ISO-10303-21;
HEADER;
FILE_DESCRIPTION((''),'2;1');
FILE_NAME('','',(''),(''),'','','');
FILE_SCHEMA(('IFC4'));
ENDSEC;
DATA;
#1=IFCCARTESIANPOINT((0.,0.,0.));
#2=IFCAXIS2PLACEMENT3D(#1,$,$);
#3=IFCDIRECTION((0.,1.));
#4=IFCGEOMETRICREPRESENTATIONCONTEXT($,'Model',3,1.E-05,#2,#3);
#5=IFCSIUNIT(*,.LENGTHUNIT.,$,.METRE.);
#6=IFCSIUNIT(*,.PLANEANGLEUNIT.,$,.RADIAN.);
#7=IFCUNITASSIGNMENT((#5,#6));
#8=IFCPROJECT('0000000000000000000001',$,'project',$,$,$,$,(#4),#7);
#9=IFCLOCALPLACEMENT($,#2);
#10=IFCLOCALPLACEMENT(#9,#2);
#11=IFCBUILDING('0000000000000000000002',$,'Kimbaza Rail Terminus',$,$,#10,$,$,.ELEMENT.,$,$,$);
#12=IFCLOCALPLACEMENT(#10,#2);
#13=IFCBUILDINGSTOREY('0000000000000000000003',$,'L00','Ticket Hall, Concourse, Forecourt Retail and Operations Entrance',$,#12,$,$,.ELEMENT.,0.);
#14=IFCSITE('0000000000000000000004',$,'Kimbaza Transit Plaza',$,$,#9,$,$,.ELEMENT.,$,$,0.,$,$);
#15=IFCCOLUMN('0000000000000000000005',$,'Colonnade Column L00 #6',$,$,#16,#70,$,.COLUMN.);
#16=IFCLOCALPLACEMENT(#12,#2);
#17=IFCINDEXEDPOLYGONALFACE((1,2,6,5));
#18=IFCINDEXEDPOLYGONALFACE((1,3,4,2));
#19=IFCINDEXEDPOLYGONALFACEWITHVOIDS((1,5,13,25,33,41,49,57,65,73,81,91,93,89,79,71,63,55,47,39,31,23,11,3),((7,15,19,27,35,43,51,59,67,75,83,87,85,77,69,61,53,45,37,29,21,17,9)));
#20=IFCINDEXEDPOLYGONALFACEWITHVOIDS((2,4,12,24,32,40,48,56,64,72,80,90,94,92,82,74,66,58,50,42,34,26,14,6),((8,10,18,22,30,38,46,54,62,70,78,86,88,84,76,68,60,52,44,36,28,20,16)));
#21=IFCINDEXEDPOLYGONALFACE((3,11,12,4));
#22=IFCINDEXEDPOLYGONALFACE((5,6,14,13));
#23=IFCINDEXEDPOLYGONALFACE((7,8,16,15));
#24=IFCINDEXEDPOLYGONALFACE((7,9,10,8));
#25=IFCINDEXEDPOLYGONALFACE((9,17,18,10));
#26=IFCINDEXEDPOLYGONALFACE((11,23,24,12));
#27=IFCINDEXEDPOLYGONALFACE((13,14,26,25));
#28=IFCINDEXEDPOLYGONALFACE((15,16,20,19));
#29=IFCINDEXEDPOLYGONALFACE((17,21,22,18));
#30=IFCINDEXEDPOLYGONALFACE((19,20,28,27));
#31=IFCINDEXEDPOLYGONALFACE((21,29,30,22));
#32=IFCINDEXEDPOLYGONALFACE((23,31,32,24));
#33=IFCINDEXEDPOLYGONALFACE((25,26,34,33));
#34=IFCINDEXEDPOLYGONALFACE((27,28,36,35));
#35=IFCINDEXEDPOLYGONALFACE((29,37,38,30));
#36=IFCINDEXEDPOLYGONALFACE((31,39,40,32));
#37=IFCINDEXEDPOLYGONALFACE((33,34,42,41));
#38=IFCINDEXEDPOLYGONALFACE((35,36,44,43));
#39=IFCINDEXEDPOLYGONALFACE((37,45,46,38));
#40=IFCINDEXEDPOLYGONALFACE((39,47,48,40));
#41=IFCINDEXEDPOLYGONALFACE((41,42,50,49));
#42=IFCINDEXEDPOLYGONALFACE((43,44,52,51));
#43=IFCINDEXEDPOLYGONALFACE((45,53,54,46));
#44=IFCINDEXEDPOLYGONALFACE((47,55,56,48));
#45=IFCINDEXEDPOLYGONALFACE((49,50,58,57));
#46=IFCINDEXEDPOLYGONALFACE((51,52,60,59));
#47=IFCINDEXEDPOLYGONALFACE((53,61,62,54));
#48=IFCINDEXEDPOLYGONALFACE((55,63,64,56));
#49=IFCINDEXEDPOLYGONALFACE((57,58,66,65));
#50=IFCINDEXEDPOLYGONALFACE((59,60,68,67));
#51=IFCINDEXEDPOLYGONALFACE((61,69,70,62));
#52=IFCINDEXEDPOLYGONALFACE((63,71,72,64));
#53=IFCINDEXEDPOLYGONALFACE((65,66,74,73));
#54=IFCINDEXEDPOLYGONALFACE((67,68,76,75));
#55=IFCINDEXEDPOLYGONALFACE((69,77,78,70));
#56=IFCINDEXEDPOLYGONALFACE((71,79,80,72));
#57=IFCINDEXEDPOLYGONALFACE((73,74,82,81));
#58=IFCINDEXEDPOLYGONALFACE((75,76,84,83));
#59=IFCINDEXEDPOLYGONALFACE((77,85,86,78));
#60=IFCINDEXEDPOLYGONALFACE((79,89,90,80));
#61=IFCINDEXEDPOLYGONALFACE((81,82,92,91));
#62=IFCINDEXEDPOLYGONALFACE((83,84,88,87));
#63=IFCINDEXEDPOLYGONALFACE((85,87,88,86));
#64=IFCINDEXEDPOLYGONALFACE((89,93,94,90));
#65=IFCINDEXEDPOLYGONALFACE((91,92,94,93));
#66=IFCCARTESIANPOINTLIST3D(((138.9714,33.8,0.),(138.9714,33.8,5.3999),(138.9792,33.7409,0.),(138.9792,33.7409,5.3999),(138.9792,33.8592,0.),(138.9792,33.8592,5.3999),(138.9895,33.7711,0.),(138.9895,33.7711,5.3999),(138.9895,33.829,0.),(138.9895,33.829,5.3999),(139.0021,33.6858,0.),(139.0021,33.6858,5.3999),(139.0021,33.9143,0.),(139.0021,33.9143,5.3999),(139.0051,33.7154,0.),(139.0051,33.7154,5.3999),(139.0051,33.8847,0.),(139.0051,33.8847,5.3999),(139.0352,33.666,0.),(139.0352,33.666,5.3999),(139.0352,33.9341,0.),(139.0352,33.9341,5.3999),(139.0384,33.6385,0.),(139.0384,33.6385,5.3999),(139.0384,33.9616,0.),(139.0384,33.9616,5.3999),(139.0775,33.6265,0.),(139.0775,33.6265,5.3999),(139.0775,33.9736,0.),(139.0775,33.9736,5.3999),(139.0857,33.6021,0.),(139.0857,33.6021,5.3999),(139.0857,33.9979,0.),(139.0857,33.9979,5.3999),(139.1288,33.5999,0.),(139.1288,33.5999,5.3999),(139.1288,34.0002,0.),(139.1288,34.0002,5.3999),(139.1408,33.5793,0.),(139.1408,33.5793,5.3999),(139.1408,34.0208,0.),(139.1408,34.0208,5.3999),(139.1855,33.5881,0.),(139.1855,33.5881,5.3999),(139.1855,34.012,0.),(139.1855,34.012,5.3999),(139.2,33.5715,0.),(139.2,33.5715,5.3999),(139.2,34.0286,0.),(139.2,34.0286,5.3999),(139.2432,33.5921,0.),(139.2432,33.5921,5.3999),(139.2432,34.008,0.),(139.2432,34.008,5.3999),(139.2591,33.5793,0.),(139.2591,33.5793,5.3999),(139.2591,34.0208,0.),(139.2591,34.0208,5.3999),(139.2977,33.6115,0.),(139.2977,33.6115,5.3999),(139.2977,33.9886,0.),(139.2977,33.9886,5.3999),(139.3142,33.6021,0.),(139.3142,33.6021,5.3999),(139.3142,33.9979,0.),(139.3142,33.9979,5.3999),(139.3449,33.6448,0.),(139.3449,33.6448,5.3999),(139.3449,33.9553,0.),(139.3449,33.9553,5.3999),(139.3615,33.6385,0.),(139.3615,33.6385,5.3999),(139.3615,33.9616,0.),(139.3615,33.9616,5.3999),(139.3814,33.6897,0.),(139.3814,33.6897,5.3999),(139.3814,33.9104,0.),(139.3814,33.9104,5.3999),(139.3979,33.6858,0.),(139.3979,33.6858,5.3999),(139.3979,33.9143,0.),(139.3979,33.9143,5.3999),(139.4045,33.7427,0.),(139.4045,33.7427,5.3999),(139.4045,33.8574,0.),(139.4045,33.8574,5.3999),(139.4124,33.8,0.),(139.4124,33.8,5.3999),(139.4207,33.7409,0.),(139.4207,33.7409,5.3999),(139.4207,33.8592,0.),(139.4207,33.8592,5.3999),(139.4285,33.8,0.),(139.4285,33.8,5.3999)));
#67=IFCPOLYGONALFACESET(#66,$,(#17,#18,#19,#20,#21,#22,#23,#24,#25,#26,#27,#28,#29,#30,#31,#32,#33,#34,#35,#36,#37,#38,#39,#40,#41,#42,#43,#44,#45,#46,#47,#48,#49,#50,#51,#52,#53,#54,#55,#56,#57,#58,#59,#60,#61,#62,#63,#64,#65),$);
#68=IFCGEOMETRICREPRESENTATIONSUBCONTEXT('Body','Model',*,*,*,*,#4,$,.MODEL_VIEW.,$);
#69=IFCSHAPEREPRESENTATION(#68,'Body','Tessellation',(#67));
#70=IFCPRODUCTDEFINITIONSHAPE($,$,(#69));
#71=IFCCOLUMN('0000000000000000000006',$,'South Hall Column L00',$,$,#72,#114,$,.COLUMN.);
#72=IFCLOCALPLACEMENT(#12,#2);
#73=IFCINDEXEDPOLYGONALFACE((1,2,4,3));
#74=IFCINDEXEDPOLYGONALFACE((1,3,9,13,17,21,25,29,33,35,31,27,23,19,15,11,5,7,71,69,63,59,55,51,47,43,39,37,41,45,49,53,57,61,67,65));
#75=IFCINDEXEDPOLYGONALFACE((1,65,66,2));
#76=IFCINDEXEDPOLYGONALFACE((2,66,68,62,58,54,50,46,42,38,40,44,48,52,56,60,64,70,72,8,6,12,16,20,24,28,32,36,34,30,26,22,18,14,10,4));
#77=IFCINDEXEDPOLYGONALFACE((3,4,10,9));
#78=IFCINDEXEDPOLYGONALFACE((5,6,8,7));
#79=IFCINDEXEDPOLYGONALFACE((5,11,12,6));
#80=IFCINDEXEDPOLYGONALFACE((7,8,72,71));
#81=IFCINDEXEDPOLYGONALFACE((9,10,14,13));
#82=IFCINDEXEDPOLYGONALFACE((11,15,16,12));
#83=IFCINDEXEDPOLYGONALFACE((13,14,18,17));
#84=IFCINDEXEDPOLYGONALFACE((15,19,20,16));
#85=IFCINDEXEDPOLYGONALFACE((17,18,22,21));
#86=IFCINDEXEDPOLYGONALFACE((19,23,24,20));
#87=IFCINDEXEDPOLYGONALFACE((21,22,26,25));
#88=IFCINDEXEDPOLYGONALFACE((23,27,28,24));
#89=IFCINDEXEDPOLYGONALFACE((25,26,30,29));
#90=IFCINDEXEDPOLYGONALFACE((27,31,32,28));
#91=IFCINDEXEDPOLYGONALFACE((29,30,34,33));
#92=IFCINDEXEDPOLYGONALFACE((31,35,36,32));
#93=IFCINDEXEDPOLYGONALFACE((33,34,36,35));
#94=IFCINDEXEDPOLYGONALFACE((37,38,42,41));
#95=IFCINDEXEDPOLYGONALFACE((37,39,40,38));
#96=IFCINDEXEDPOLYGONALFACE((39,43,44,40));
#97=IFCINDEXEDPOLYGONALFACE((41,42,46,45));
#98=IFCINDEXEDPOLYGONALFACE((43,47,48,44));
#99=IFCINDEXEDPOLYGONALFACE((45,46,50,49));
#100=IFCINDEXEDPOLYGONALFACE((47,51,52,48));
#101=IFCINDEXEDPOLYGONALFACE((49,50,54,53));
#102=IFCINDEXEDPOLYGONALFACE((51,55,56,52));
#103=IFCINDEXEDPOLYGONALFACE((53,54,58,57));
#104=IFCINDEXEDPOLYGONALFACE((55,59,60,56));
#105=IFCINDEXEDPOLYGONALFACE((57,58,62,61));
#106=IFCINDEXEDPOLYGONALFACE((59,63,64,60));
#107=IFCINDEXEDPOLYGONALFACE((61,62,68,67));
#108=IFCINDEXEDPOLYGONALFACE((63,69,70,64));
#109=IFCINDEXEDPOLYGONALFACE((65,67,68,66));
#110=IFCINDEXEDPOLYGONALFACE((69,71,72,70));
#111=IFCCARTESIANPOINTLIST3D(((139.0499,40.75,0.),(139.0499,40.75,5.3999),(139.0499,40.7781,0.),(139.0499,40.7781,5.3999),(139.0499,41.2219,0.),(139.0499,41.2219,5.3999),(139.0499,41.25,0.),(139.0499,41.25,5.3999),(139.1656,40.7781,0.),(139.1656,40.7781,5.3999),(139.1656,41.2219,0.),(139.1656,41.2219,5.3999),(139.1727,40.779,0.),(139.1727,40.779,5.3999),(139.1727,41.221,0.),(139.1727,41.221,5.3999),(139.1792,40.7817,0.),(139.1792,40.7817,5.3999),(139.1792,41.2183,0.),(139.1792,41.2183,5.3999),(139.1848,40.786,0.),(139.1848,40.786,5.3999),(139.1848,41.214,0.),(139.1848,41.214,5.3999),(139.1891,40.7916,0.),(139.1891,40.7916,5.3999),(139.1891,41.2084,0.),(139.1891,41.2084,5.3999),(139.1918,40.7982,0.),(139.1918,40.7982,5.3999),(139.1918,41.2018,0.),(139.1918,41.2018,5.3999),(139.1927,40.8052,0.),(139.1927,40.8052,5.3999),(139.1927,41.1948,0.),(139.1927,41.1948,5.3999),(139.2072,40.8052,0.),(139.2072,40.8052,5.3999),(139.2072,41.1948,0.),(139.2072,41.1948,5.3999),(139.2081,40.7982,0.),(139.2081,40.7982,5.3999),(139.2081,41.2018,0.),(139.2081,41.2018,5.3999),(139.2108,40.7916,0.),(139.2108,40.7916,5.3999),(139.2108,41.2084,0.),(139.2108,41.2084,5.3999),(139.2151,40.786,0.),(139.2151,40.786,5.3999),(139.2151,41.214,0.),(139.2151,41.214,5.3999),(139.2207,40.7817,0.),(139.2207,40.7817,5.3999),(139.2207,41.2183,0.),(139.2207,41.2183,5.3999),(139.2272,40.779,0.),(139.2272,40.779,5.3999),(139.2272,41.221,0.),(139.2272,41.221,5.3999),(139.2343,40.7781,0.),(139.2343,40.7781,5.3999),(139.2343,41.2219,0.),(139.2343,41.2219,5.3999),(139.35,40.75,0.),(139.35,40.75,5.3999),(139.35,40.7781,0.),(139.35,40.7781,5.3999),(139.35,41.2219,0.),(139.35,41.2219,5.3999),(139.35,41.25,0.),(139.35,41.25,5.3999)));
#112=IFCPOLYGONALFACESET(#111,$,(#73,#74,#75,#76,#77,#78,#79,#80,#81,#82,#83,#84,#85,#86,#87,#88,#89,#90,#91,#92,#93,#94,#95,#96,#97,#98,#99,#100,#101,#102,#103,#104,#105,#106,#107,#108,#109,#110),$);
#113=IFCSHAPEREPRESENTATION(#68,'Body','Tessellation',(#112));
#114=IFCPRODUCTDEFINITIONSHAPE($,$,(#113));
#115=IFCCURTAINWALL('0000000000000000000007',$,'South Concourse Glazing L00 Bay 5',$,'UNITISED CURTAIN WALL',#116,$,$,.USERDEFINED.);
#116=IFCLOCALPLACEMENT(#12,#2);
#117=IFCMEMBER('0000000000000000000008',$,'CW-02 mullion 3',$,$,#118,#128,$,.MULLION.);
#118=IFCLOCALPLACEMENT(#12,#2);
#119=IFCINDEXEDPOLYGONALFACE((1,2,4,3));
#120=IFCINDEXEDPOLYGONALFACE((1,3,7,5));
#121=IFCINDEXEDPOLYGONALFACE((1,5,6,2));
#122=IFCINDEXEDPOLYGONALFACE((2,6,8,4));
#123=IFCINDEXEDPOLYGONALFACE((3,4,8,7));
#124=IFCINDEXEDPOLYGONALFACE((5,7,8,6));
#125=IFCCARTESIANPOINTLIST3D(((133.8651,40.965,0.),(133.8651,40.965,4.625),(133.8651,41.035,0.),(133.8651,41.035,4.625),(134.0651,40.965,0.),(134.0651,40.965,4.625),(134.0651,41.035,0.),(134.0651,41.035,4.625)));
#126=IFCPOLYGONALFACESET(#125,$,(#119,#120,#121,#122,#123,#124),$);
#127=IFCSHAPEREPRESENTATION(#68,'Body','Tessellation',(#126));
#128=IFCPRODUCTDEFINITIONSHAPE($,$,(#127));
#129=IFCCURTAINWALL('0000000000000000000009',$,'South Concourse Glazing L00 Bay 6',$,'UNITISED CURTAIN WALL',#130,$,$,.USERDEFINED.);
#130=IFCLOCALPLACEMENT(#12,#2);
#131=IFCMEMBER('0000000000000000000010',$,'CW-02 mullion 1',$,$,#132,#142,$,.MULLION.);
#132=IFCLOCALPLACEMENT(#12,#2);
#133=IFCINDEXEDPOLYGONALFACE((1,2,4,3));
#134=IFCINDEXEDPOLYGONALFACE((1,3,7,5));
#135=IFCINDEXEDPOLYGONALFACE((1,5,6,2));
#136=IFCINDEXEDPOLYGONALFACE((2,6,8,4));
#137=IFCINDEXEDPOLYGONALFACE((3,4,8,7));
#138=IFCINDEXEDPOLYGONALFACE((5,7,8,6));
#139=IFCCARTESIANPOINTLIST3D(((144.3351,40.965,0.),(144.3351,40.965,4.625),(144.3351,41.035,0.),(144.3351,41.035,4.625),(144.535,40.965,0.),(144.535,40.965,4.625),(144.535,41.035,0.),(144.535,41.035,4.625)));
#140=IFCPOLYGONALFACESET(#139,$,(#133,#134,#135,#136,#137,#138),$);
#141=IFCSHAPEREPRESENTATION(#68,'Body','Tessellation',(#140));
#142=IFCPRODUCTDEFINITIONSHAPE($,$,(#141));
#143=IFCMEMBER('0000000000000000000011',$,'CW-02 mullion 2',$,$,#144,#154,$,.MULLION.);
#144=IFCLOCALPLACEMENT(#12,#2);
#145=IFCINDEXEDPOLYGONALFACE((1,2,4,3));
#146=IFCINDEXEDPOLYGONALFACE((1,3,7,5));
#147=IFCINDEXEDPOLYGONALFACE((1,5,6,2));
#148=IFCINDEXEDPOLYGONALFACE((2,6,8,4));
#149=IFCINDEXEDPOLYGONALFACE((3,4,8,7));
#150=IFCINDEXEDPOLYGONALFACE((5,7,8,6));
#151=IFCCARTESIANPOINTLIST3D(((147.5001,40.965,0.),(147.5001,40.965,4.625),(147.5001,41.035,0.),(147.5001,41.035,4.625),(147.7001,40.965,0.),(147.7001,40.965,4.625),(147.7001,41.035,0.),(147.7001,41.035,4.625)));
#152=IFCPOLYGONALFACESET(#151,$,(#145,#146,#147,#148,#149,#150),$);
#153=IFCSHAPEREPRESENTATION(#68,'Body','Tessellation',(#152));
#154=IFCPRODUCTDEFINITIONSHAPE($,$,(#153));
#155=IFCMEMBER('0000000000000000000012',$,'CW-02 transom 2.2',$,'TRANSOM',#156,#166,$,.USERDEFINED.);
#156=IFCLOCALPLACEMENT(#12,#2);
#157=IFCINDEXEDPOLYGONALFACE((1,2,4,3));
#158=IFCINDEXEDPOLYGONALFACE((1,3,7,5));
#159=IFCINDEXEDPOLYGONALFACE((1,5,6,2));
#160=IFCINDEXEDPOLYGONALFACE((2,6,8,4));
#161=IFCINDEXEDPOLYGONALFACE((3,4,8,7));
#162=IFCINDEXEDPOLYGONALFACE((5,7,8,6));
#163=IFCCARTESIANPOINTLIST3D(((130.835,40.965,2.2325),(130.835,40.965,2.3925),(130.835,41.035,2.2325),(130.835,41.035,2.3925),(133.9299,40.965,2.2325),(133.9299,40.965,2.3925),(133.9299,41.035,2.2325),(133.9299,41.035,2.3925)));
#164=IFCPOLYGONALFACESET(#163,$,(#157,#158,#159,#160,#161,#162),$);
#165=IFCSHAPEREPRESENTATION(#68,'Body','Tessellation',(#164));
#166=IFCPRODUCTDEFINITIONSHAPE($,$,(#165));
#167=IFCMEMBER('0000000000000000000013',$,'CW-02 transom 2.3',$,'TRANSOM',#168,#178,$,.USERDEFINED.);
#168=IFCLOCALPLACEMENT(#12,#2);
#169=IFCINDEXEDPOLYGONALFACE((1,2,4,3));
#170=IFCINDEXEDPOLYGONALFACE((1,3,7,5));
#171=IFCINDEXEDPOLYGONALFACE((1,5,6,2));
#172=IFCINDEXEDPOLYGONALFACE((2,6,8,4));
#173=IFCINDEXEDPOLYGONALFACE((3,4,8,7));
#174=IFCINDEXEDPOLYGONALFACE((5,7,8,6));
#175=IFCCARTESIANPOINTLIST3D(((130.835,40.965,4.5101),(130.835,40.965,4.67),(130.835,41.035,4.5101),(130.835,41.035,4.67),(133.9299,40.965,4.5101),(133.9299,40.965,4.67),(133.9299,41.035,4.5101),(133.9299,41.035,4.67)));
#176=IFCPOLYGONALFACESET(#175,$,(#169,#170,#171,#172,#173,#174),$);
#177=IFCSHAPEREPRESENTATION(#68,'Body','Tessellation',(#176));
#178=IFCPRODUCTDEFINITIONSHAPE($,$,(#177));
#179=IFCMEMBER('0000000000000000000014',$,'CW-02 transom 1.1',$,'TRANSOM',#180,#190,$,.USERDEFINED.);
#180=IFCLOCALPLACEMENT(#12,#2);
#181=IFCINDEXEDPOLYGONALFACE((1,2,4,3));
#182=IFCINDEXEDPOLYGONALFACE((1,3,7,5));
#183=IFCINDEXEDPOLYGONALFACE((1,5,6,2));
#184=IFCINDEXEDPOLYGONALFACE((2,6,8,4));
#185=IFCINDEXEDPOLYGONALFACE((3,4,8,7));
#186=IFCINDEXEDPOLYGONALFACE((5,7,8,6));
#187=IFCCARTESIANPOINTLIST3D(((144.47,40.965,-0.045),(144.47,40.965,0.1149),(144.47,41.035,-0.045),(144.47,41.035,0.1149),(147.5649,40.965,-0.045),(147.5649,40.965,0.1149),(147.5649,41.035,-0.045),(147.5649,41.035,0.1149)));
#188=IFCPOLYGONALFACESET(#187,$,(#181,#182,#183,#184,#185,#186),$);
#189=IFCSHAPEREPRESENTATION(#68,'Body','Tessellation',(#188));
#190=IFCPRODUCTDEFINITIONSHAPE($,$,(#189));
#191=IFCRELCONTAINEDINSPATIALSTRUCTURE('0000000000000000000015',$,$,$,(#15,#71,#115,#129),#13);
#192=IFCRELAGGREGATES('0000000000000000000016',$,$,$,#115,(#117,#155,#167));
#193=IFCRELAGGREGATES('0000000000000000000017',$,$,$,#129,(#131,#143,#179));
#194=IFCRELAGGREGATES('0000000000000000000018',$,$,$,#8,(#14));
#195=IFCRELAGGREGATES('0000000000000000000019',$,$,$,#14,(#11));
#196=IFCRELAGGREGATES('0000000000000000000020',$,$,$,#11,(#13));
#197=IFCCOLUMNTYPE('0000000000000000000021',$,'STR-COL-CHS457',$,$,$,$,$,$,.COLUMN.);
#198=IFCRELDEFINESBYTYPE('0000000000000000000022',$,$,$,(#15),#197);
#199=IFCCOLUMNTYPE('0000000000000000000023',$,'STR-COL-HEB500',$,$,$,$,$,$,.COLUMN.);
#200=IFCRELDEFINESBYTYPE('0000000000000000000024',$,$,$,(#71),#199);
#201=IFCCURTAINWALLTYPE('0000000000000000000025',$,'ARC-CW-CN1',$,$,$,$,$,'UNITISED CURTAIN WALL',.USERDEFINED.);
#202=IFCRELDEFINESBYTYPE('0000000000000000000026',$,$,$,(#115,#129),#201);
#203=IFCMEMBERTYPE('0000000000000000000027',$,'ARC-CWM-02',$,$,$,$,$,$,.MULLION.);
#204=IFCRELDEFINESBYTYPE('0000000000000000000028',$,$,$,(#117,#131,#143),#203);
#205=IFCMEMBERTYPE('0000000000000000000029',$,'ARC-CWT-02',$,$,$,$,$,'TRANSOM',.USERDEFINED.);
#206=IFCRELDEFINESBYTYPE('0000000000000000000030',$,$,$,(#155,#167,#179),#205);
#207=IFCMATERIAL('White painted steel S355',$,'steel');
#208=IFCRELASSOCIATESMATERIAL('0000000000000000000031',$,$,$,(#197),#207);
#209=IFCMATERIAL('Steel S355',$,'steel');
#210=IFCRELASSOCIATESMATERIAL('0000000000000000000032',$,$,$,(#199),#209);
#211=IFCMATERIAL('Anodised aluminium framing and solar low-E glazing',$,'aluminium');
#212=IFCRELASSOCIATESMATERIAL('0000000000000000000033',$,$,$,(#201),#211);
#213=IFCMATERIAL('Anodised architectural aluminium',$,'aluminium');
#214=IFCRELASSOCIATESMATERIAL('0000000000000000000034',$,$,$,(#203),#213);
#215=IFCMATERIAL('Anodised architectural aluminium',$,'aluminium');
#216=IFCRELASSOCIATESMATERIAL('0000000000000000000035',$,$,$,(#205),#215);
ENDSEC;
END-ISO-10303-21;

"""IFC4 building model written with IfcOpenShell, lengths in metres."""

from ifc_helpers import new_model, si_unit, direction, frame, origin, origin_2d, place, context, subcontext, project, spatial, rectangle, hollow_circle, i_section, extrude, material, material_profile, profile_set, type_object, element, aggregate, save


model = new_model("IFC4")

# Units and contexts
model_context = context("Model", 3, precision=1e-05, world=origin(), true_north=direction((0.0, 1.0)))
body_context = subcontext(model_context, "Body", "Model", "MODEL_VIEW")
ifc_project = project(units=[si_unit("LENGTHUNIT", "METRE"), si_unit("PLANEANGLEUNIT", "RADIAN")], contexts=[model_context])

# Site, building, storey
site_placement = place(None, origin())
site = spatial("IfcSite", under=ifc_project, at=site_placement, Name="Kimbaza Transit Plaza", CompositionType="ELEMENT", RefElevation=0.0)
building_placement = place(site_placement, origin())
building = spatial("IfcBuilding", under=site, at=building_placement, Name="Kimbaza Rail Terminus", CompositionType="ELEMENT")
storey_placement = place(building_placement, origin())
storey = spatial("IfcBuildingStorey", under=building, at=storey_placement, Name="L00", Description="Ticket Hall, Concourse, Forecourt Retail and Operations Entrance", CompositionType="ELEMENT", Elevation=0.0)

# Columns
ifc_material_1 = material(Name="White painted steel S355", Category="steel")
ifc_material_profile_1 = material_profile(ifc_material_1, hollow_circle(Radius=0.2285, WallThickness=0.0161, at=origin_2d()), Name="CHS 457x16")
ifc_profile_set_1 = profile_set([ifc_material_profile_1], Name="White painted steel S355")
column_type_1 = type_object("IfcColumnType", Name="STR-COL-CHS457", PredefinedType="COLUMN", material=ifc_profile_set_1)
column_1_placement = place(storey_placement, frame((139.2, 33.8, 0.0), z_axis=(0.0, 0.0, 1.0), x_axis=(1.0, 0.0, 0.0)))
element("IfcColumn", 1, at=column_1_placement, inside=storey, type_object=column_type_1, Name="Colonnade Column L00 #6", PredefinedType="COLUMN", context=body_context, shape_type="SweptSolid", body=[
    extrude(hollow_circle(Radius=0.2285, WallThickness=0.0161, at=origin_2d()), origin(), (0.0, 0.0, 1.0), 5.3999),
])
ifc_material_2 = material(Name="Steel S355", Category="steel")
ifc_material_profile_2 = material_profile(ifc_material_2, i_section(OverallWidth=0.3, OverallDepth=0.5, WebThickness=0.0144, FlangeThickness=0.0281, FilletRadius=0.0271, at=origin_2d()), Name="HEB 500")
ifc_profile_set_2 = profile_set([ifc_material_profile_2], Name="Steel S355")
column_type_2 = type_object("IfcColumnType", Name="STR-COL-HEB500", PredefinedType="COLUMN", material=ifc_profile_set_2)
column_2_placement = place(storey_placement, frame((139.2, 41.0, 0.0), z_axis=(0.0, 0.0, 1.0), x_axis=(1.0, 0.0, 0.0)))
element("IfcColumn", 2, at=column_2_placement, inside=storey, type_object=column_type_2, Name="South Hall Column L00", PredefinedType="COLUMN", context=body_context, shape_type="SweptSolid", body=[
    extrude(i_section(OverallWidth=0.3, OverallDepth=0.5, WebThickness=0.0144, FlangeThickness=0.0281, FilletRadius=0.0271, at=origin_2d()), origin(), (0.0, 0.0, 1.0), 5.3999),
])

# Curtain wall, member
ifc_material_3 = material(Name="Anodised aluminium framing and solar low-E glazing", Category="aluminium")
curtain_wall_type = type_object("IfcCurtainWallType", Name="ARC-CW-CN1", ElementType="UNITISED CURTAIN WALL", PredefinedType="USERDEFINED", material=ifc_material_3)
curtain_wall_1_placement = place(storey_placement, origin())
curtain_wall_1 = element("IfcCurtainWall", 3, at=curtain_wall_1_placement, inside=storey, type_object=curtain_wall_type, Name="South Concourse Glazing L00 Bay 5", ObjectType="UNITISED CURTAIN WALL", PredefinedType="USERDEFINED")
ifc_material_4 = material(Name="Anodised architectural aluminium", Category="aluminium")
ifc_material_profile_3 = material_profile(ifc_material_4, rectangle(XDim=0.0701, YDim=0.2, at=origin_2d()), Name="MULLION 70x200")
ifc_profile_set_3 = profile_set([ifc_material_profile_3], Name="Anodised architectural aluminium")
member_type_1 = type_object("IfcMemberType", Name="ARC-CWM-02", PredefinedType="MULLION", material=ifc_profile_set_3)
member_1_placement = place(storey_placement, frame((133.9651, 41.0, 0.0), z_axis=(0.0, 0.0, 1.0), x_axis=(0.0, 1.0, 0.0)))
member_1 = element("IfcMember", 4, at=member_1_placement, type_object=member_type_1, Name="CW-02 mullion 3", PredefinedType="MULLION", context=body_context, shape_type="SweptSolid", body=[
    extrude(rectangle(XDim=0.0701, YDim=0.2, at=origin_2d()), origin(), (0.0, 0.0, 1.0), 4.625),
])

# Curtain wall, members
curtain_wall_2_placement = place(storey_placement, origin())
curtain_wall_2 = element("IfcCurtainWall", 5, at=curtain_wall_2_placement, inside=storey, type_object=curtain_wall_type, Name="South Concourse Glazing L00 Bay 6", ObjectType="UNITISED CURTAIN WALL", PredefinedType="USERDEFINED")
member_2_placement = place(storey_placement, frame((144.4351, 41.0, 0.0), z_axis=(0.0, 0.0, 1.0), x_axis=(0.0, 1.0, 0.0)))
member_2 = element("IfcMember", 6, at=member_2_placement, type_object=member_type_1, Name="CW-02 mullion 1", PredefinedType="MULLION", context=body_context, shape_type="SweptSolid", body=[
    extrude(rectangle(XDim=0.0701, YDim=0.2, at=origin_2d()), origin(), (0.0, 0.0, 1.0), 4.625),
])
member_3_placement = place(storey_placement, frame((147.6001, 41.0, 0.0), z_axis=(0.0, 0.0, 1.0), x_axis=(0.0, 1.0, 0.0)))
member_3 = element("IfcMember", 7, at=member_3_placement, type_object=member_type_1, Name="CW-02 mullion 2", PredefinedType="MULLION", context=body_context, shape_type="SweptSolid", body=[
    extrude(rectangle(XDim=0.0701, YDim=0.2, at=origin_2d()), origin(), (0.0, 0.0, 1.0), 4.625),
])

# Members
ifc_material_5 = material(Name="Anodised architectural aluminium", Category="aluminium")
ifc_material_profile_4 = material_profile(ifc_material_5, rectangle(XDim=0.0701, YDim=0.1599, at=origin_2d()), Name="TRANSOM 70x160")
ifc_profile_set_4 = profile_set([ifc_material_profile_4], Name="Anodised architectural aluminium")
member_type_2 = type_object("IfcMemberType", Name="ARC-CWT-02", ElementType="TRANSOM", PredefinedType="USERDEFINED", material=ifc_profile_set_4)
member_4_placement = place(storey_placement, frame((130.835, 41.0, 2.3125), z_axis=(1.0, 0.0, 0.0), x_axis=(0.0, 1.0, 0.0)))
member_4 = element("IfcMember", 8, at=member_4_placement, type_object=member_type_2, Name="CW-02 transom 2.2", ObjectType="TRANSOM", PredefinedType="USERDEFINED", context=body_context, shape_type="SweptSolid", body=[
    extrude(rectangle(XDim=0.0701, YDim=0.1599, at=origin_2d()), origin(), (0.0, 0.0, 1.0), 3.095),
])
member_5_placement = place(storey_placement, frame((130.835, 41.0, 4.5901), z_axis=(1.0, 0.0, 0.0), x_axis=(0.0, 1.0, 0.0)))
member_5 = element("IfcMember", 9, at=member_5_placement, type_object=member_type_2, Name="CW-02 transom 2.3", ObjectType="TRANSOM", PredefinedType="USERDEFINED", context=body_context, shape_type="SweptSolid", body=[
    extrude(rectangle(XDim=0.0701, YDim=0.1599, at=origin_2d()), origin(), (0.0, 0.0, 1.0), 3.095),
])
member_6_placement = place(storey_placement, frame((144.47, 41.0, 0.0349), z_axis=(1.0, 0.0, 0.0), x_axis=(0.0, 1.0, 0.0)))
member_6 = element("IfcMember", 10, at=member_6_placement, type_object=member_type_2, Name="CW-02 transom 1.1", ObjectType="TRANSOM", PredefinedType="USERDEFINED", context=body_context, shape_type="SweptSolid", body=[
    extrude(rectangle(XDim=0.0701, YDim=0.1599, at=origin_2d()), origin(), (0.0, 0.0, 1.0), 3.095),
])

aggregate(curtain_wall_1, [member_1, member_4, member_5])
aggregate(curtain_wall_2, [member_2, member_3, member_6])

save(model, "model.ifc")
